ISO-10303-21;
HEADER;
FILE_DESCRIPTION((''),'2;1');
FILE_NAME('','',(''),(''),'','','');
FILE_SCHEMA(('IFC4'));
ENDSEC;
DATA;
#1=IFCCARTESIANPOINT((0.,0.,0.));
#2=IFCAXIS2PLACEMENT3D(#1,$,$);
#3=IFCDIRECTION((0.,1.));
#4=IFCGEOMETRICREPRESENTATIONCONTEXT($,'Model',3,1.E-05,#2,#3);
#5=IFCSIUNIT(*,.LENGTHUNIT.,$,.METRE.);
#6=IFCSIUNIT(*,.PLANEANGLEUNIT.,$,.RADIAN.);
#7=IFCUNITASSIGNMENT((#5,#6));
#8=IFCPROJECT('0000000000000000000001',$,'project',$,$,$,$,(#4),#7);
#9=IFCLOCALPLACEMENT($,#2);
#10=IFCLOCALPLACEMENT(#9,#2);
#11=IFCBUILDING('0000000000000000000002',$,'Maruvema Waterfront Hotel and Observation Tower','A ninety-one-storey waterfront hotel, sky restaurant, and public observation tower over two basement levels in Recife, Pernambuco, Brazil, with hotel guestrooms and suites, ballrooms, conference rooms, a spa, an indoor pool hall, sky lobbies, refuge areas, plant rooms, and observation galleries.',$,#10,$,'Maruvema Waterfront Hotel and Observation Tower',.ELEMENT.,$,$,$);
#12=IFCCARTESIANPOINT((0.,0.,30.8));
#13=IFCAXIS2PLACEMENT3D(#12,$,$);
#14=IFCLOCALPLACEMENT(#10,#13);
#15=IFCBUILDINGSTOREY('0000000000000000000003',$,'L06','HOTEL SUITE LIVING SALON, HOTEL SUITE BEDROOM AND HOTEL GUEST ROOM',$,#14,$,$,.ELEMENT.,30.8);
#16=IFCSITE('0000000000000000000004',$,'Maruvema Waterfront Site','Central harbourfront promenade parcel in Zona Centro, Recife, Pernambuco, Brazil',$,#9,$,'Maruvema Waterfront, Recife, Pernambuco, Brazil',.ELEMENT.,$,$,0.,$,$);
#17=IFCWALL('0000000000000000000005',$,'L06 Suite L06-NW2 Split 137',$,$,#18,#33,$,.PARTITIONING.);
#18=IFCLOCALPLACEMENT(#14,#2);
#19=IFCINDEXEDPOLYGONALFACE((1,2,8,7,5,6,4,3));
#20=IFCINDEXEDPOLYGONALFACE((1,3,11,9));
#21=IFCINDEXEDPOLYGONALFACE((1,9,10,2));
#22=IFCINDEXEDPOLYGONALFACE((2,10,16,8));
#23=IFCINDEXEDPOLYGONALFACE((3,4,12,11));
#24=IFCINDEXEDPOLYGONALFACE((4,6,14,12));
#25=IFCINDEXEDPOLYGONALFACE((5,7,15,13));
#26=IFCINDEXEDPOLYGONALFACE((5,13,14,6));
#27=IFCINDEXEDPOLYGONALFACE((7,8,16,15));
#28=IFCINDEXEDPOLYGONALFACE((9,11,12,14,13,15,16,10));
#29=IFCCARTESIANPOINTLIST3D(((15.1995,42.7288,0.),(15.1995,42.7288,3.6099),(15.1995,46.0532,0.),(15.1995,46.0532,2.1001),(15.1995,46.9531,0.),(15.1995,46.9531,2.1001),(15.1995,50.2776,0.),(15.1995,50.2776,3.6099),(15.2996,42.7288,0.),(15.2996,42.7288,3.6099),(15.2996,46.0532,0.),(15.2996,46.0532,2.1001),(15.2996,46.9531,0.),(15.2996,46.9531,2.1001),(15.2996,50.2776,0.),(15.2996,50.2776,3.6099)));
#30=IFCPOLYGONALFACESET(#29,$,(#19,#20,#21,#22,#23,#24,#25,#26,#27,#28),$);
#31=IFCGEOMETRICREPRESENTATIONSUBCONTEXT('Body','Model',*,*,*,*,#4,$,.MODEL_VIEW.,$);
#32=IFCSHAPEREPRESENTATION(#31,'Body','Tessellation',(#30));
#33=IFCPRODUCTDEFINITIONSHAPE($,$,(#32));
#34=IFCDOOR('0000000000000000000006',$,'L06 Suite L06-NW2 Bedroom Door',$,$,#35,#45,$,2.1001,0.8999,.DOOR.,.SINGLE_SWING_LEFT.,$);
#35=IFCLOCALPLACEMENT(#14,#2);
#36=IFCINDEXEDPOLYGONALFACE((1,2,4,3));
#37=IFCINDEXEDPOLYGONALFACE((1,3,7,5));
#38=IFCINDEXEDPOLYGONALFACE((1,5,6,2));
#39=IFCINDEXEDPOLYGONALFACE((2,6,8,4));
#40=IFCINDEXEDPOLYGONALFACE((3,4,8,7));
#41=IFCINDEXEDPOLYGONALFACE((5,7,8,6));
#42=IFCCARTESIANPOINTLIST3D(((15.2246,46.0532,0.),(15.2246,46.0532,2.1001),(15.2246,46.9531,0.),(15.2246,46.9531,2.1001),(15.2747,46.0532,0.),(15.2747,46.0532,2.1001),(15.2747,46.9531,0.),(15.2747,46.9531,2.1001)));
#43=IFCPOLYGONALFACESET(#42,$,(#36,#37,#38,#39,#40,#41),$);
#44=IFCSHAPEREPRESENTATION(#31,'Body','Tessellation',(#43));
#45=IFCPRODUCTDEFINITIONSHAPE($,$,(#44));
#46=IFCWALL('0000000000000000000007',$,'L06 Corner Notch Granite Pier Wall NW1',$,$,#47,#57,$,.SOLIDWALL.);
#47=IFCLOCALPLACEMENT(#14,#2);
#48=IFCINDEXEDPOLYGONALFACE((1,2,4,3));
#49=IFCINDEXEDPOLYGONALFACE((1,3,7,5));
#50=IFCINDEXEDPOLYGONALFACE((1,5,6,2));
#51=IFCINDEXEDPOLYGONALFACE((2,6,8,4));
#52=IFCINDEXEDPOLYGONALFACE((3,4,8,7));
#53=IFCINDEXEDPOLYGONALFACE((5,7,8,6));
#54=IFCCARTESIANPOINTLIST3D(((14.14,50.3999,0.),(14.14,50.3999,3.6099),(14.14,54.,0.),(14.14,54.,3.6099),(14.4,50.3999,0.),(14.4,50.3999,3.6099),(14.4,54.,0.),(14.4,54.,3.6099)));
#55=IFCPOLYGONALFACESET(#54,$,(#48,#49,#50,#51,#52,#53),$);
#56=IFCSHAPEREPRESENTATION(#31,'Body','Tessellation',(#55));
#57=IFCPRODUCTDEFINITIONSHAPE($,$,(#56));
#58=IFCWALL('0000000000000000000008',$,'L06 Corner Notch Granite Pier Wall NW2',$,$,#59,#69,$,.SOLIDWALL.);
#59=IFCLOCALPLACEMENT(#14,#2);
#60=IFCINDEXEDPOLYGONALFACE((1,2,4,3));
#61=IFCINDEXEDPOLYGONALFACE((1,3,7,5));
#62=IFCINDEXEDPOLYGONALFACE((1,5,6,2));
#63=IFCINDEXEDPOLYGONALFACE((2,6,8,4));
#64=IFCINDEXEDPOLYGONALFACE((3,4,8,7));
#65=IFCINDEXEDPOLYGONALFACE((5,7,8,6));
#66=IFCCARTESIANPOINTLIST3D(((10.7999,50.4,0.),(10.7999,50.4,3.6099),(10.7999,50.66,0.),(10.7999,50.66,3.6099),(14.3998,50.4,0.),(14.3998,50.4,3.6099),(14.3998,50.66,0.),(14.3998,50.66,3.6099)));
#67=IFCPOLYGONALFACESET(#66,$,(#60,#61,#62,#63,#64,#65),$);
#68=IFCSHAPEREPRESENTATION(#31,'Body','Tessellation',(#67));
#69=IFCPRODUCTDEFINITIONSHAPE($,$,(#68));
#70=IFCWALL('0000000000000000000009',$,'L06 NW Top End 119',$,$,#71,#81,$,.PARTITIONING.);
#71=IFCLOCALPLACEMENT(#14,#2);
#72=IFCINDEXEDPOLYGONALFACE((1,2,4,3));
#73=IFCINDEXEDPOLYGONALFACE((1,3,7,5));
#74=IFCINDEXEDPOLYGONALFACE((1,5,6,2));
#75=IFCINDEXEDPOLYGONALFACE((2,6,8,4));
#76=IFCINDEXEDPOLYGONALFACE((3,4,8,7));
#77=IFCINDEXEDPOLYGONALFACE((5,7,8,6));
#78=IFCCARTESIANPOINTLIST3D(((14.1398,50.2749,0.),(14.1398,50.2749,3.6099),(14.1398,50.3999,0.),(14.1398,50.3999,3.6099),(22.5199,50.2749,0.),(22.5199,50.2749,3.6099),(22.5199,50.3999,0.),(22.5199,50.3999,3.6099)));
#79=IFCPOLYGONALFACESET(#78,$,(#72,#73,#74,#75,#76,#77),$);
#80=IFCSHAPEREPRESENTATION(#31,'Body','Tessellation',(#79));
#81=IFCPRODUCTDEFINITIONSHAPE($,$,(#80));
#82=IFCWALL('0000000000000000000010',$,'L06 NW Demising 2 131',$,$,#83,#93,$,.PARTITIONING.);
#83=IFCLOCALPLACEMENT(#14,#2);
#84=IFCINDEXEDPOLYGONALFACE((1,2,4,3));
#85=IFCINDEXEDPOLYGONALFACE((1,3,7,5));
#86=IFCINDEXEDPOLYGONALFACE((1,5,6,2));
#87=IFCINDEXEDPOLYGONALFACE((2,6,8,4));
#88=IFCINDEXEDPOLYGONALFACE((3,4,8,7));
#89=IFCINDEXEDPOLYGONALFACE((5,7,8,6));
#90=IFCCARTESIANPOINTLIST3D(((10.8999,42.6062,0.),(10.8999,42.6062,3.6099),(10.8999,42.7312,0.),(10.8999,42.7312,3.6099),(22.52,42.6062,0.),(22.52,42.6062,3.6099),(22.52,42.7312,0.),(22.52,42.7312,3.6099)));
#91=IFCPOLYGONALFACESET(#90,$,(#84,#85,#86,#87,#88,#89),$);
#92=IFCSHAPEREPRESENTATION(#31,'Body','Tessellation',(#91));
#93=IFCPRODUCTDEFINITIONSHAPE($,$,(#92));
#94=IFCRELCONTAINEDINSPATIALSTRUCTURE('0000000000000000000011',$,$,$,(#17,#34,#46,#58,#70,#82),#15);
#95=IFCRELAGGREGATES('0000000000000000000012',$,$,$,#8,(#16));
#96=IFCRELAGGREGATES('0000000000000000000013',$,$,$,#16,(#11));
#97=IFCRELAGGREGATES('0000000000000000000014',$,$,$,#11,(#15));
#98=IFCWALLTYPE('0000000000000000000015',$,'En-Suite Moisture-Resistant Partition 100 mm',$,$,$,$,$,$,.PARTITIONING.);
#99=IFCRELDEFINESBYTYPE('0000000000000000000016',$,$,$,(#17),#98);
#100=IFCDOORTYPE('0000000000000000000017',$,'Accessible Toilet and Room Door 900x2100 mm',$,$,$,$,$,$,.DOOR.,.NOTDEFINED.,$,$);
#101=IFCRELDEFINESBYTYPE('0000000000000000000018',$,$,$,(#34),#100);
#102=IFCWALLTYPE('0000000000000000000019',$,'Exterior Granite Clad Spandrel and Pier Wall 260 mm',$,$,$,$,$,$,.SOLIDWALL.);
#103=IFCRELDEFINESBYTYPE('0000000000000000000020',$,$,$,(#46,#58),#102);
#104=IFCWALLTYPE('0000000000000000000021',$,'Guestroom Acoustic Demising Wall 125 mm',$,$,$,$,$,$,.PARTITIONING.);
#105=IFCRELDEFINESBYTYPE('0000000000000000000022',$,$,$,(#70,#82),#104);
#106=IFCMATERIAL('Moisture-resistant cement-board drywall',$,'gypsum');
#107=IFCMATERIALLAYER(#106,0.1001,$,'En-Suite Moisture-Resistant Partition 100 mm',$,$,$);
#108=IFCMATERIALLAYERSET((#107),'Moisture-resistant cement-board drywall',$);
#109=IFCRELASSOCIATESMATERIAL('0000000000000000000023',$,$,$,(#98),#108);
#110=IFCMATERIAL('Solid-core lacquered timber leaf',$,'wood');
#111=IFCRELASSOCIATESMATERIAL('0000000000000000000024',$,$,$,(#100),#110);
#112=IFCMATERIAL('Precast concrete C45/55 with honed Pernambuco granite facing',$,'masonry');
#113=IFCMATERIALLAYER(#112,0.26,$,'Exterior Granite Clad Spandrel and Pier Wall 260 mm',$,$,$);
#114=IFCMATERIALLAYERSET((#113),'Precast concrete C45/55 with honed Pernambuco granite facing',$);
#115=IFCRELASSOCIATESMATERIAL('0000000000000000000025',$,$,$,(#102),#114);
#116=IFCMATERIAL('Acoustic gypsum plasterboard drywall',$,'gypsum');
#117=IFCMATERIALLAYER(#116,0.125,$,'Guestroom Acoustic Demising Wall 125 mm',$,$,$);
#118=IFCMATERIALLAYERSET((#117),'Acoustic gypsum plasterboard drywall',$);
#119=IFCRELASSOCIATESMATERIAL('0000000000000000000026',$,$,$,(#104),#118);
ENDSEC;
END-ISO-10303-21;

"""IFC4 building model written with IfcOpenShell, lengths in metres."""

from ifc_helpers import new_model, si_unit, direction, frame, frame_2d, origin, place, context, subcontext, project, spatial, rectangle, extrude, material, layer, layer_set, type_object, element, fill, save


model = new_model("IFC4")

# Units and contexts
model_context = context("Model", 3, precision=1e-05, world=origin(), true_north=direction((0.0, 1.0)))
body_context = subcontext(model_context, "Body", "Model", "MODEL_VIEW")
ifc_project = project(units=[si_unit("LENGTHUNIT", "METRE"), si_unit("PLANEANGLEUNIT", "RADIAN")], contexts=[model_context])

# Site, building, storey
site_placement = place(None, origin())
site = spatial("IfcSite", under=ifc_project, at=site_placement, Name="Maruvema Waterfront Site", Description="Central harbourfront promenade parcel in Zona Centro, Recife, Pernambuco, Brazil", LongName="Maruvema Waterfront, Recife, Pernambuco, Brazil", CompositionType="ELEMENT", RefElevation=0.0)
building_placement = place(site_placement, origin())
building = spatial("IfcBuilding", under=site, at=building_placement, Name="Maruvema Waterfront Hotel and Observation Tower", Description="A ninety-one-storey waterfront hotel, sky restaurant, and public observation tower over two basement levels in Recife, Pernambuco, Brazil, with hotel guestrooms and suites, ballrooms, conference rooms, a spa, an indoor pool hall, sky lobbies, refuge areas, plant rooms, and observation galleries.", LongName="Maruvema Waterfront Hotel and Observation Tower", CompositionType="ELEMENT")
storey_placement = place(building_placement, frame((0.0, 0.0, 30.8)))
storey = spatial("IfcBuildingStorey", under=building, at=storey_placement, Name="L06", Description="HOTEL SUITE LIVING SALON, HOTEL SUITE BEDROOM AND HOTEL GUEST ROOM", CompositionType="ELEMENT", Elevation=30.8)

# Shared definitions
ifc_material_1 = material(Name="Moisture-resistant cement-board drywall", Category="gypsum")
ifc_layer_1 = layer(ifc_material_1, 0.1001, Name="En-Suite Moisture-Resistant Partition 100 mm")
ifc_layer_set_1 = layer_set([ifc_layer_1], Name="Moisture-resistant cement-board drywall")
wall_type_1 = type_object("IfcWallType", Name="En-Suite Moisture-Resistant Partition 100 mm", PredefinedType="PARTITIONING", material=ifc_layer_set_1)

# Wall, opening, door
wall_1_placement = place(storey_placement, frame((15.2495, 42.7288, 0.0), z_axis=(0.0, 0.0, 1.0), x_axis=(0.0, 1.0, 0.0)))
wall_1 = element("IfcWall", 1, at=wall_1_placement, inside=storey, type_object=wall_type_1, Name="L06 Suite L06-NW2 Split 137", PredefinedType="PARTITIONING", context=body_context, shape_type="SweptSolid", body=[
    extrude(rectangle(XDim=7.5488, YDim=0.1001, at=frame_2d((3.7744, 0.0))), origin(), (0.0, 0.0, 1.0), 3.6099),
])
opening_1_placement = place(wall_1_placement, frame((3.3245, 0.0, 0.0)))
opening_1 = element("IfcOpeningElement", 2, at=opening_1_placement, cuts=wall_1, PredefinedType="OPENING", context=body_context, shape_type="SweptSolid", body=[
    extrude(rectangle(XDim=0.8999, YDim=2.1001, at=frame_2d((0.45, 1.05))), frame((0.0, 0.0601, 0.0), z_axis=(0.0, -1.0, 0.0), x_axis=(1.0, 0.0, 0.0)), (0.0, 0.0, 1.0), 0.1201),
])
ifc_material_2 = material(Name="Solid-core lacquered timber leaf", Category="wood")
door_type_1 = type_object("IfcDoorType", Name="Accessible Toilet and Room Door 900x2100 mm", OperationType="NOTDEFINED", PredefinedType="DOOR", material=ifc_material_2)
door_1_placement = place(opening_1_placement, origin())
door_1 = element("IfcDoor", 3, at=door_1_placement, inside=storey, type_object=door_type_1, Name="L06 Suite L06-NW2 Bedroom Door", OperationType="SINGLE_SWING_LEFT", OverallHeight=2.1001, OverallWidth=0.8999, PredefinedType="DOOR", context=body_context, shape_type="SweptSolid", body=[
    extrude(rectangle(XDim=0.8999, YDim=2.1001, at=frame_2d((0.45, 1.05))), frame((0.0, 0.0249, 0.0), z_axis=(0.0, -1.0, 0.0), x_axis=(1.0, 0.0, 0.0)), (0.0, 0.0, 1.0), 0.05),
])
fill(opening_1, door_1)

# Walls
ifc_material_3 = material(Name="Precast concrete C45/55 with honed Pernambuco granite facing", Category="masonry")
ifc_layer_2 = layer(ifc_material_3, 0.26, Name="Exterior Granite Clad Spandrel and Pier Wall 260 mm")
ifc_layer_set_2 = layer_set([ifc_layer_2], Name="Precast concrete C45/55 with honed Pernambuco granite facing")
wall_type_2 = type_object("IfcWallType", Name="Exterior Granite Clad Spandrel and Pier Wall 260 mm", PredefinedType="SOLIDWALL", material=ifc_layer_set_2)
wall_2_placement = place(storey_placement, frame((14.27, 50.3999, 0.0), z_axis=(0.0, 0.0, 1.0), x_axis=(0.0, 1.0, 0.0)))
element("IfcWall", 4, at=wall_2_placement, inside=storey, type_object=wall_type_2, Name="L06 Corner Notch Granite Pier Wall NW1", PredefinedType="SOLIDWALL", context=body_context, shape_type="SweptSolid", body=[
    extrude(rectangle(XDim=3.6001, YDim=0.26, at=frame_2d((1.8, 0.0))), origin(), (0.0, 0.0, 1.0), 3.6099),
])
wall_3_placement = place(storey_placement, frame((10.8, 50.53, 0.0), z_axis=(0.0, 0.0, 1.0), x_axis=(1.0, 0.0, 0.0)))
element("IfcWall", 5, at=wall_3_placement, inside=storey, type_object=wall_type_2, Name="L06 Corner Notch Granite Pier Wall NW2", PredefinedType="SOLIDWALL", context=body_context, shape_type="SweptSolid", body=[
    extrude(rectangle(XDim=3.5999, YDim=0.26, at=frame_2d((1.7998, 0.0))), origin(), (0.0, 0.0, 1.0), 3.6099),
])
ifc_material_4 = material(Name="Acoustic gypsum plasterboard drywall", Category="gypsum")
ifc_layer_3 = layer(ifc_material_4, 0.125, Name="Guestroom Acoustic Demising Wall 125 mm")
ifc_layer_set_3 = layer_set([ifc_layer_3], Name="Acoustic gypsum plasterboard drywall")
wall_type_3 = type_object("IfcWallType", Name="Guestroom Acoustic Demising Wall 125 mm", PredefinedType="PARTITIONING", material=ifc_layer_set_3)
wall_4_placement = place(storey_placement, frame((14.1399, 50.3374, 0.0), z_axis=(0.0, 0.0, 1.0), x_axis=(1.0, 0.0, 0.0)))
element("IfcWall", 6, at=wall_4_placement, inside=storey, type_object=wall_type_3, Name="L06 NW Top End 119", PredefinedType="PARTITIONING", context=body_context, shape_type="SweptSolid", body=[
    extrude(rectangle(XDim=8.3801, YDim=0.125, at=frame_2d((4.1899, 0.0))), origin(), (0.0, 0.0, 1.0), 3.6099),
])
wall_5_placement = place(storey_placement, frame((10.8999, 42.6687, 0.0), z_axis=(0.0, 0.0, 1.0), x_axis=(1.0, 0.0, 0.0)))
element("IfcWall", 7, at=wall_5_placement, inside=storey, type_object=wall_type_3, Name="L06 NW Demising 2 131", PredefinedType="PARTITIONING", context=body_context, shape_type="SweptSolid", body=[
    extrude(rectangle(XDim=11.6201, YDim=0.125, at=frame_2d((5.8101, 0.0))), origin(), (0.0, 0.0, 1.0), 3.6099),
])

save(model, "model.ifc")
